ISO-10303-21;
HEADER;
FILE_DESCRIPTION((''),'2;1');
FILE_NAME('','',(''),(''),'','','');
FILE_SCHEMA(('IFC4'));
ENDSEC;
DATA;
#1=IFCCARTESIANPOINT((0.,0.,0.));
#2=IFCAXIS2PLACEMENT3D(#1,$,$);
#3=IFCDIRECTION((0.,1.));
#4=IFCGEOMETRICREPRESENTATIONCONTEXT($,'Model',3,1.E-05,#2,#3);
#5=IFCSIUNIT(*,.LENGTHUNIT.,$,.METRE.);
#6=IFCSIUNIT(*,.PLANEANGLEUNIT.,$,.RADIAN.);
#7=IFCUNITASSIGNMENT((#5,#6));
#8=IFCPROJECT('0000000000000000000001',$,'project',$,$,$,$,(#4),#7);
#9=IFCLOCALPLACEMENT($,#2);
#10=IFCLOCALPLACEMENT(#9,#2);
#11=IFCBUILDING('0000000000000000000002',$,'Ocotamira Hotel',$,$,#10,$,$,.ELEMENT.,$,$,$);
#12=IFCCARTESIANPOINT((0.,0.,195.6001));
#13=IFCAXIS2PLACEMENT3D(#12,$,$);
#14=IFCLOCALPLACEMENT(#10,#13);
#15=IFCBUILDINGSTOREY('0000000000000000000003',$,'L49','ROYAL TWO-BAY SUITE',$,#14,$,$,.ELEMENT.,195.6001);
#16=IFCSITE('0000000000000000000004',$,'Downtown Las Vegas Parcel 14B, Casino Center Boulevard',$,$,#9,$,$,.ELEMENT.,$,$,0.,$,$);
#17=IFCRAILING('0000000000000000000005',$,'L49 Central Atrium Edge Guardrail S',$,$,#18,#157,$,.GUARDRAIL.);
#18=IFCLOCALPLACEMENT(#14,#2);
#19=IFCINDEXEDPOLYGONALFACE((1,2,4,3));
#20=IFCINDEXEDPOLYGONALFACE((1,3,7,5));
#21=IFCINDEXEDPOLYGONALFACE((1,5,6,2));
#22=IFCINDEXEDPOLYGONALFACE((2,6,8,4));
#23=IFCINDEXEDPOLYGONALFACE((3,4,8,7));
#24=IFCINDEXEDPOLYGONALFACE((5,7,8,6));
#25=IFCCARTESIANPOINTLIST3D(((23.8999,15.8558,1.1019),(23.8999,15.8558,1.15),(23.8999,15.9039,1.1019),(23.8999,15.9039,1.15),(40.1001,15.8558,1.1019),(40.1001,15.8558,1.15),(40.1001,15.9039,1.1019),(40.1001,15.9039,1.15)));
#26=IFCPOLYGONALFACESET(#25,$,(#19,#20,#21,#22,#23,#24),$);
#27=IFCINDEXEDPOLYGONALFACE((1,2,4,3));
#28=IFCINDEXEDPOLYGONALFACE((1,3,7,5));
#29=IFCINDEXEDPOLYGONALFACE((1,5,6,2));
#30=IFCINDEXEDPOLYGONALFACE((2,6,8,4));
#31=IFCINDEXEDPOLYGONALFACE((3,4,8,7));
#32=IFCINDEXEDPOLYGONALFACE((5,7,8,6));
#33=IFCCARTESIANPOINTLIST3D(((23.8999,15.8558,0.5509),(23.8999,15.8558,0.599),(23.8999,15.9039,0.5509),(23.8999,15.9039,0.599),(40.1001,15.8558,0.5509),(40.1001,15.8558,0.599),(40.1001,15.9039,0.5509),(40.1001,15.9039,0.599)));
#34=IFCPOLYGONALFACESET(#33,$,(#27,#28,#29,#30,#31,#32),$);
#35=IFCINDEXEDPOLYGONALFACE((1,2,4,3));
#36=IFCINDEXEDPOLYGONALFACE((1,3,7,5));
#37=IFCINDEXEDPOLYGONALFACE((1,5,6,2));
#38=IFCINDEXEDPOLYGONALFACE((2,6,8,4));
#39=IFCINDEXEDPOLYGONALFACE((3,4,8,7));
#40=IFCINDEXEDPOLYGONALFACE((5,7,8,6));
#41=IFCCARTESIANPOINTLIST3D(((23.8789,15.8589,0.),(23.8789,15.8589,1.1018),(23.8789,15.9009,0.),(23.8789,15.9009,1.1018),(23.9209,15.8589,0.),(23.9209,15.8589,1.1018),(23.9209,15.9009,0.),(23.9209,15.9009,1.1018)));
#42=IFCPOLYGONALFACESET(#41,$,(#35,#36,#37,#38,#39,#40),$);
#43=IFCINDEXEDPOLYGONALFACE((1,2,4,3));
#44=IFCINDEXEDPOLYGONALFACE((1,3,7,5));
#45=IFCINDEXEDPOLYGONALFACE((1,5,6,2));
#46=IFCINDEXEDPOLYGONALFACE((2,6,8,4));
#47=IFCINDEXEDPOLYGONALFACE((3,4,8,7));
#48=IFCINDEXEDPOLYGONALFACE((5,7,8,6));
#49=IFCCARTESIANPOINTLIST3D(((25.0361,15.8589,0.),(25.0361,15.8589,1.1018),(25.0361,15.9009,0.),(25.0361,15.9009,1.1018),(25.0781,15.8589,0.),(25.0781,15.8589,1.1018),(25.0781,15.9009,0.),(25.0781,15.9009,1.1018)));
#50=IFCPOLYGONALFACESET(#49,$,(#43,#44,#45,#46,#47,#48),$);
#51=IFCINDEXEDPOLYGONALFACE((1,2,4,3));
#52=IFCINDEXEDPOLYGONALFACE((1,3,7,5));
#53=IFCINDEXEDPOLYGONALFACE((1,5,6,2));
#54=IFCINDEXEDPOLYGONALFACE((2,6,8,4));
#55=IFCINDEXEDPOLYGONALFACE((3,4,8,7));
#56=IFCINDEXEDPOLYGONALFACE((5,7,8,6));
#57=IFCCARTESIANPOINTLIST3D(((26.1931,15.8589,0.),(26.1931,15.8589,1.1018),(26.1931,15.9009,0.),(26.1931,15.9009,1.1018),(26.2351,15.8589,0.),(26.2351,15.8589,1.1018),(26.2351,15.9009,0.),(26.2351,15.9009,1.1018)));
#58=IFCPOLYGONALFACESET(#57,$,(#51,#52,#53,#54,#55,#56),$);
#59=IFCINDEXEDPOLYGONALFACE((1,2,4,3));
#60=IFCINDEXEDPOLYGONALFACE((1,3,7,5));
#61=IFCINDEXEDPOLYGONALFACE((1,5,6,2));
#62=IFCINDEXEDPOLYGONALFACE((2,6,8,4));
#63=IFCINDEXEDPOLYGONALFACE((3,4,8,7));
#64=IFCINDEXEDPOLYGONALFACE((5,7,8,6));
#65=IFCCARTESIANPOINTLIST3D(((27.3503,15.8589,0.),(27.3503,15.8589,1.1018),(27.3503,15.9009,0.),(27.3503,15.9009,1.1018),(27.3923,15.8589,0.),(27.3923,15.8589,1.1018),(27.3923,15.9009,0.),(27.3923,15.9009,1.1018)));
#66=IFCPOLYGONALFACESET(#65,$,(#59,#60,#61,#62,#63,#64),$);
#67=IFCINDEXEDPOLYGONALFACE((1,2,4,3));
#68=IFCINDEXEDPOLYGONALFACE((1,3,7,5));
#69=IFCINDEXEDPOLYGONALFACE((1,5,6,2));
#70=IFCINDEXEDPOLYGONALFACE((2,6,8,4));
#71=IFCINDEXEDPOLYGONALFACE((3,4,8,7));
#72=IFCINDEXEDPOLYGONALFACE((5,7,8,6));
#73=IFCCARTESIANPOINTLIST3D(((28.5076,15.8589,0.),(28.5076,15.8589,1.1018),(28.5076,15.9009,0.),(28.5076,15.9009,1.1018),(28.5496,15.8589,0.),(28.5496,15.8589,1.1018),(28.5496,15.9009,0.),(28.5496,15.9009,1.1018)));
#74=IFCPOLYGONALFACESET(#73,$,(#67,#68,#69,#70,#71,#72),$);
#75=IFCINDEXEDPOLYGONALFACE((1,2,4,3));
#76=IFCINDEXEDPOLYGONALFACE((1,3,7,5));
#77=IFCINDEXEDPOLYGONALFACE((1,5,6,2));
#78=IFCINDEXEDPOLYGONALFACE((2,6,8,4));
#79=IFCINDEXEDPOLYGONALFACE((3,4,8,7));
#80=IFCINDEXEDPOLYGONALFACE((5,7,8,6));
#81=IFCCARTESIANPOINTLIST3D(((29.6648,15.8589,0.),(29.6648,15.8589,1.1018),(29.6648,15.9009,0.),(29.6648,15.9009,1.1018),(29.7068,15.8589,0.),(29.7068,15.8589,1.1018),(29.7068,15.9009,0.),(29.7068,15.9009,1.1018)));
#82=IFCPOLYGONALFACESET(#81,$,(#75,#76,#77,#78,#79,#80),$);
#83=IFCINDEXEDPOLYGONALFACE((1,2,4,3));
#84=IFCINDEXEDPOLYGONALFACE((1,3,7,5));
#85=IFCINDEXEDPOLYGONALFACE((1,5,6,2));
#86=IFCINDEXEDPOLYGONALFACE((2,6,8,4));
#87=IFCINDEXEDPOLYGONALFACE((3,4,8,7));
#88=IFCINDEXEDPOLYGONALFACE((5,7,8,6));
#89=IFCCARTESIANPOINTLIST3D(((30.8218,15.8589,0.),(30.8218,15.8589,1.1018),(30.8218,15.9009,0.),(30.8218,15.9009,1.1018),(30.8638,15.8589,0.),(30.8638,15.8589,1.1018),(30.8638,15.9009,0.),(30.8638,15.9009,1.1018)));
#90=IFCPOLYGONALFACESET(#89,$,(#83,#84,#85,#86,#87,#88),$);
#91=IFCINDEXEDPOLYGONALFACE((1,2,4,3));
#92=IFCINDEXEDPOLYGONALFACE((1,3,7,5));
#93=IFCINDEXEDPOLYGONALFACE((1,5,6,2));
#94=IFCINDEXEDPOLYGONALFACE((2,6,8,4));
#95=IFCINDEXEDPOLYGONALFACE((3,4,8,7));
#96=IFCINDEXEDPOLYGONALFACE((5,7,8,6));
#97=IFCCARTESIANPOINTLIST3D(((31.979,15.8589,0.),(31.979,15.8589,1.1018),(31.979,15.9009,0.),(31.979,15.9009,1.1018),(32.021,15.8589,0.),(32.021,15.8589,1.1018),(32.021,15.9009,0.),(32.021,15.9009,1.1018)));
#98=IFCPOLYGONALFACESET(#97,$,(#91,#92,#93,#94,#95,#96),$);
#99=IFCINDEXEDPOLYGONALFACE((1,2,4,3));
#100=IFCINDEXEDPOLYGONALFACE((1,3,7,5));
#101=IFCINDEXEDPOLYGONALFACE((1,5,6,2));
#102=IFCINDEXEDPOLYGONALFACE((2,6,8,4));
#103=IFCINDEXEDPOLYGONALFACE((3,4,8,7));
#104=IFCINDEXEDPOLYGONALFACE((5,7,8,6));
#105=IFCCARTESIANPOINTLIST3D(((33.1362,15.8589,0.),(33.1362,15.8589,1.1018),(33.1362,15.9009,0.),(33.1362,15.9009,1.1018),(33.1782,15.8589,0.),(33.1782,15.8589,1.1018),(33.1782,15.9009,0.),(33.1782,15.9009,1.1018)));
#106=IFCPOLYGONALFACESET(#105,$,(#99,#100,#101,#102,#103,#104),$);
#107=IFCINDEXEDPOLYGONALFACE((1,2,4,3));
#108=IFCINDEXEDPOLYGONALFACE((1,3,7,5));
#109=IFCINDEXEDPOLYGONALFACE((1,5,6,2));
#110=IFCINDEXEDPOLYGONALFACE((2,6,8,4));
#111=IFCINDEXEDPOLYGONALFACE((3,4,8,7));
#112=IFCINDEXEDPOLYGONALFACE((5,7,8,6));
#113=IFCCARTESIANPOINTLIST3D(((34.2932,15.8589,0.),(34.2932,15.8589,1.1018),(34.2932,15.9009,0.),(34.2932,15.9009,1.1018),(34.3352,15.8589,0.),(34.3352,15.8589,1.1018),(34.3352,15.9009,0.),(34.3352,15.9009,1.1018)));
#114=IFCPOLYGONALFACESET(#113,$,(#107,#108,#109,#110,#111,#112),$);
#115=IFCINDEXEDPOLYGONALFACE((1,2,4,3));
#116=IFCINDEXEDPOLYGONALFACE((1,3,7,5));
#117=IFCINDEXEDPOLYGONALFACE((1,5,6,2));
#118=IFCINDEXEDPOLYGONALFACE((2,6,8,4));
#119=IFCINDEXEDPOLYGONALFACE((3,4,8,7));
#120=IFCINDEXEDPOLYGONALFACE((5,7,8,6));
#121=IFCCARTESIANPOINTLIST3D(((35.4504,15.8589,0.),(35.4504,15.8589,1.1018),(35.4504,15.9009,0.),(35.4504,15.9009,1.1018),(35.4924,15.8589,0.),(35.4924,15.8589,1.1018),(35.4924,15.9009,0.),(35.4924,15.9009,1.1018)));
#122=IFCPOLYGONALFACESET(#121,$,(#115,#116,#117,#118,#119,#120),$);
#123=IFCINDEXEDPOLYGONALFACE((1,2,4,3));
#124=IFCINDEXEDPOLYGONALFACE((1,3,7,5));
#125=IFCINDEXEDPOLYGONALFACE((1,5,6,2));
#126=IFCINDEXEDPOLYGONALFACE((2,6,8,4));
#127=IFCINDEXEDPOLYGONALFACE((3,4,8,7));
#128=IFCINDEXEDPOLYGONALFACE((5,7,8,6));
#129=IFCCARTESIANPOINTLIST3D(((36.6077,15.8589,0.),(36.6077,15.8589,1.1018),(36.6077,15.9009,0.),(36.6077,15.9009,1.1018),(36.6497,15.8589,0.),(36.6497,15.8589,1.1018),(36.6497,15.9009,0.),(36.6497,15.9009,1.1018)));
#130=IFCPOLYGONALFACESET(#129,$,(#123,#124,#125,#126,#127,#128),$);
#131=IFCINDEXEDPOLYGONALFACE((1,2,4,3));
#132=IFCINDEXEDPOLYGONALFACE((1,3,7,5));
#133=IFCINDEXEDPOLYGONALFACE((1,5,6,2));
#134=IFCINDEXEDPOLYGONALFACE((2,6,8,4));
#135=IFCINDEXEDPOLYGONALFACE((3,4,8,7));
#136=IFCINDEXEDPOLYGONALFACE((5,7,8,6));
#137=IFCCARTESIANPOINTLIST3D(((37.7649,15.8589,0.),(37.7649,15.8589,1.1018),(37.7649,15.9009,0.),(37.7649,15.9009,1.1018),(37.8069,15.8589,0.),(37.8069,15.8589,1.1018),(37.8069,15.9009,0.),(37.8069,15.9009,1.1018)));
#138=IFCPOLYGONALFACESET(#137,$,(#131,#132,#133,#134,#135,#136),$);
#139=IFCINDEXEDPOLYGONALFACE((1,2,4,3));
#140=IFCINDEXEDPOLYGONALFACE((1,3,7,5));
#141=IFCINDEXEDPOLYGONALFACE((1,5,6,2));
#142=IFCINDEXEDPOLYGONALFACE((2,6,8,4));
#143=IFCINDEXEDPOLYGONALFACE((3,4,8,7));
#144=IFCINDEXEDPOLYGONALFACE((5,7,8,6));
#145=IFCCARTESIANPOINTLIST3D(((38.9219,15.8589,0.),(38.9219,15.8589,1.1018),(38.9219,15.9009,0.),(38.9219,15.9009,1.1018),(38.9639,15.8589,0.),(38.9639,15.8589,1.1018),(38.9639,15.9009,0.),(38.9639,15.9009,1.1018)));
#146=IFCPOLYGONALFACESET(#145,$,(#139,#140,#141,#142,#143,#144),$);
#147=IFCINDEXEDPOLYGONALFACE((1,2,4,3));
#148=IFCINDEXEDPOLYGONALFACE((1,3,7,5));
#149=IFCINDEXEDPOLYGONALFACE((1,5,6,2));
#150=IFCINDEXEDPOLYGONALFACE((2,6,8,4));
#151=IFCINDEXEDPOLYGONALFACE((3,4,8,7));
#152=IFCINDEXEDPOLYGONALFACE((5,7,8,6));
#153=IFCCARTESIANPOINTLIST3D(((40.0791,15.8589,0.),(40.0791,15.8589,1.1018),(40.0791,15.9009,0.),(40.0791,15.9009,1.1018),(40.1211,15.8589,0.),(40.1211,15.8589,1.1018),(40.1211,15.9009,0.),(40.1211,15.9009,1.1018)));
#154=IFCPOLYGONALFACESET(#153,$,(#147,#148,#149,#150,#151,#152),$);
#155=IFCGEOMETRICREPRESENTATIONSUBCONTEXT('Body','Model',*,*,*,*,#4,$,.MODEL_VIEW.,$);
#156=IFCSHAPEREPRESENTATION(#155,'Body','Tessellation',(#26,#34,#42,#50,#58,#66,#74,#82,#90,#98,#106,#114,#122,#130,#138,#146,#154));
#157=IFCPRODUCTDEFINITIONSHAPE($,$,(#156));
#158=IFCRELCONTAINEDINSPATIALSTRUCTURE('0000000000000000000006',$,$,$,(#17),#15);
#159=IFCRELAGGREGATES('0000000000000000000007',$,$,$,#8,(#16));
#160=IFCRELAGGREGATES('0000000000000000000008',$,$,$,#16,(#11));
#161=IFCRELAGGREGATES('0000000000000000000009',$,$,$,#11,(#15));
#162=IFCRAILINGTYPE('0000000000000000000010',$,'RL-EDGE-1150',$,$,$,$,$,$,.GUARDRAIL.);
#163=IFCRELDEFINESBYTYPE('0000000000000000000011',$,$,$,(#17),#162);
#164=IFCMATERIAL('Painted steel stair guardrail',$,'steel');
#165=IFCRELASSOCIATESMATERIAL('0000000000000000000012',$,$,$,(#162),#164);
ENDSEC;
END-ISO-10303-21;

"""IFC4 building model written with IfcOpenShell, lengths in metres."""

from ifc_helpers import new_model, si_unit, direction, frame, origin, origin_2d, place, context, subcontext, project, spatial, rectangle, extrude, material, type_object, element, save


model = new_model("IFC4")

# Units and contexts
model_context = context("Model", 3, precision=1e-05, world=origin(), true_north=direction((0.0, 1.0)))
body_context = subcontext(model_context, "Body", "Model", "MODEL_VIEW")
ifc_project = project(units=[si_unit("LENGTHUNIT", "METRE"), si_unit("PLANEANGLEUNIT", "RADIAN")], contexts=[model_context])

# Site, building, storey
site_placement = place(None, origin())
site = spatial("IfcSite", under=ifc_project, at=site_placement, Name="Downtown Las Vegas Parcel 14B, Casino Center Boulevard", CompositionType="ELEMENT", RefElevation=0.0)
building_placement = place(site_placement, origin())
building = spatial("IfcBuilding", under=site, at=building_placement, Name="Ocotamira Hotel", CompositionType="ELEMENT")
storey_placement = place(building_placement, frame((0.0, 0.0, 195.6001)))
storey = spatial("IfcBuildingStorey", under=building, at=storey_placement, Name="L49", Description="ROYAL TWO-BAY SUITE", CompositionType="ELEMENT", Elevation=195.6001)

# Railing
ifc_material_1 = material(Name="Painted steel stair guardrail", Category="steel")
railing_type = type_object("IfcRailingType", Name="RL-EDGE-1150", PredefinedType="GUARDRAIL", material=ifc_material_1)
railing_1_placement = place(storey_placement, frame((23.8999, 15.8799, 0.0)))
element("IfcRailing", 1, at=railing_1_placement, inside=storey, type_object=railing_type, Name="L49 Central Atrium Edge Guardrail S", PredefinedType="GUARDRAIL", context=body_context, shape_type="SweptSolid", body=[
    extrude(rectangle(XDim=0.0481, YDim=0.0481, at=origin_2d()), frame((0.0, 0.0, 1.126), z_axis=(1.0, 0.0, 0.0), x_axis=(0.0, 1.0, 0.0)), (0.0, 0.0, 1.0), 16.2002),
    extrude(rectangle(XDim=0.0481, YDim=0.0481, at=origin_2d()), frame((0.0, 0.0, 0.575), z_axis=(1.0, 0.0, 0.0), x_axis=(0.0, 1.0, 0.0)), (0.0, 0.0, 1.0), 16.2002),
    extrude(rectangle(XDim=0.042, YDim=0.042, at=origin_2d()), origin(), (0.0, 0.0, 1.0), 1.1018),
    extrude(rectangle(XDim=0.042, YDim=0.042, at=origin_2d()), frame((1.1572, 0.0, 0.0)), (0.0, 0.0, 1.0), 1.1018),
    extrude(rectangle(XDim=0.042, YDim=0.042, at=origin_2d()), frame((2.3142, 0.0, 0.0)), (0.0, 0.0, 1.0), 1.1018),
    extrude(rectangle(XDim=0.042, YDim=0.042, at=origin_2d()), frame((3.4714, 0.0, 0.0)), (0.0, 0.0, 1.0), 1.1018),
    extrude(rectangle(XDim=0.042, YDim=0.042, at=origin_2d()), frame((4.6287, 0.0, 0.0)), (0.0, 0.0, 1.0), 1.1018),
    extrude(rectangle(XDim=0.042, YDim=0.042, at=origin_2d()), frame((5.7859, 0.0, 0.0)), (0.0, 0.0, 1.0), 1.1018),
    extrude(rectangle(XDim=0.042, YDim=0.042, at=origin_2d()), frame((6.9429, 0.0, 0.0)), (0.0, 0.0, 1.0), 1.1018),
    extrude(rectangle(XDim=0.042, YDim=0.042, at=origin_2d()), frame((8.1001, 0.0, 0.0)), (0.0, 0.0, 1.0), 1.1018),
    extrude(rectangle(XDim=0.042, YDim=0.042, at=origin_2d()), frame((9.2573, 0.0, 0.0)), (0.0, 0.0, 1.0), 1.1018),
    extrude(rectangle(XDim=0.042, YDim=0.042, at=origin_2d()), frame((10.4143, 0.0, 0.0)), (0.0, 0.0, 1.0), 1.1018),
    extrude(rectangle(XDim=0.042, YDim=0.042, at=origin_2d()), frame((11.5715, 0.0, 0.0)), (0.0, 0.0, 1.0), 1.1018),
    extrude(rectangle(XDim=0.042, YDim=0.042, at=origin_2d()), frame((12.7288, 0.0, 0.0)), (0.0, 0.0, 1.0), 1.1018),
    extrude(rectangle(XDim=0.042, YDim=0.042, at=origin_2d()), frame((13.886, 0.0, 0.0)), (0.0, 0.0, 1.0), 1.1018),
    extrude(rectangle(XDim=0.042, YDim=0.042, at=origin_2d()), frame((15.043, 0.0, 0.0)), (0.0, 0.0, 1.0), 1.1018),
    extrude(rectangle(XDim=0.042, YDim=0.042, at=origin_2d()), frame((16.2002, 0.0, 0.0)), (0.0, 0.0, 1.0), 1.1018),
])

save(model, "model.ifc")
